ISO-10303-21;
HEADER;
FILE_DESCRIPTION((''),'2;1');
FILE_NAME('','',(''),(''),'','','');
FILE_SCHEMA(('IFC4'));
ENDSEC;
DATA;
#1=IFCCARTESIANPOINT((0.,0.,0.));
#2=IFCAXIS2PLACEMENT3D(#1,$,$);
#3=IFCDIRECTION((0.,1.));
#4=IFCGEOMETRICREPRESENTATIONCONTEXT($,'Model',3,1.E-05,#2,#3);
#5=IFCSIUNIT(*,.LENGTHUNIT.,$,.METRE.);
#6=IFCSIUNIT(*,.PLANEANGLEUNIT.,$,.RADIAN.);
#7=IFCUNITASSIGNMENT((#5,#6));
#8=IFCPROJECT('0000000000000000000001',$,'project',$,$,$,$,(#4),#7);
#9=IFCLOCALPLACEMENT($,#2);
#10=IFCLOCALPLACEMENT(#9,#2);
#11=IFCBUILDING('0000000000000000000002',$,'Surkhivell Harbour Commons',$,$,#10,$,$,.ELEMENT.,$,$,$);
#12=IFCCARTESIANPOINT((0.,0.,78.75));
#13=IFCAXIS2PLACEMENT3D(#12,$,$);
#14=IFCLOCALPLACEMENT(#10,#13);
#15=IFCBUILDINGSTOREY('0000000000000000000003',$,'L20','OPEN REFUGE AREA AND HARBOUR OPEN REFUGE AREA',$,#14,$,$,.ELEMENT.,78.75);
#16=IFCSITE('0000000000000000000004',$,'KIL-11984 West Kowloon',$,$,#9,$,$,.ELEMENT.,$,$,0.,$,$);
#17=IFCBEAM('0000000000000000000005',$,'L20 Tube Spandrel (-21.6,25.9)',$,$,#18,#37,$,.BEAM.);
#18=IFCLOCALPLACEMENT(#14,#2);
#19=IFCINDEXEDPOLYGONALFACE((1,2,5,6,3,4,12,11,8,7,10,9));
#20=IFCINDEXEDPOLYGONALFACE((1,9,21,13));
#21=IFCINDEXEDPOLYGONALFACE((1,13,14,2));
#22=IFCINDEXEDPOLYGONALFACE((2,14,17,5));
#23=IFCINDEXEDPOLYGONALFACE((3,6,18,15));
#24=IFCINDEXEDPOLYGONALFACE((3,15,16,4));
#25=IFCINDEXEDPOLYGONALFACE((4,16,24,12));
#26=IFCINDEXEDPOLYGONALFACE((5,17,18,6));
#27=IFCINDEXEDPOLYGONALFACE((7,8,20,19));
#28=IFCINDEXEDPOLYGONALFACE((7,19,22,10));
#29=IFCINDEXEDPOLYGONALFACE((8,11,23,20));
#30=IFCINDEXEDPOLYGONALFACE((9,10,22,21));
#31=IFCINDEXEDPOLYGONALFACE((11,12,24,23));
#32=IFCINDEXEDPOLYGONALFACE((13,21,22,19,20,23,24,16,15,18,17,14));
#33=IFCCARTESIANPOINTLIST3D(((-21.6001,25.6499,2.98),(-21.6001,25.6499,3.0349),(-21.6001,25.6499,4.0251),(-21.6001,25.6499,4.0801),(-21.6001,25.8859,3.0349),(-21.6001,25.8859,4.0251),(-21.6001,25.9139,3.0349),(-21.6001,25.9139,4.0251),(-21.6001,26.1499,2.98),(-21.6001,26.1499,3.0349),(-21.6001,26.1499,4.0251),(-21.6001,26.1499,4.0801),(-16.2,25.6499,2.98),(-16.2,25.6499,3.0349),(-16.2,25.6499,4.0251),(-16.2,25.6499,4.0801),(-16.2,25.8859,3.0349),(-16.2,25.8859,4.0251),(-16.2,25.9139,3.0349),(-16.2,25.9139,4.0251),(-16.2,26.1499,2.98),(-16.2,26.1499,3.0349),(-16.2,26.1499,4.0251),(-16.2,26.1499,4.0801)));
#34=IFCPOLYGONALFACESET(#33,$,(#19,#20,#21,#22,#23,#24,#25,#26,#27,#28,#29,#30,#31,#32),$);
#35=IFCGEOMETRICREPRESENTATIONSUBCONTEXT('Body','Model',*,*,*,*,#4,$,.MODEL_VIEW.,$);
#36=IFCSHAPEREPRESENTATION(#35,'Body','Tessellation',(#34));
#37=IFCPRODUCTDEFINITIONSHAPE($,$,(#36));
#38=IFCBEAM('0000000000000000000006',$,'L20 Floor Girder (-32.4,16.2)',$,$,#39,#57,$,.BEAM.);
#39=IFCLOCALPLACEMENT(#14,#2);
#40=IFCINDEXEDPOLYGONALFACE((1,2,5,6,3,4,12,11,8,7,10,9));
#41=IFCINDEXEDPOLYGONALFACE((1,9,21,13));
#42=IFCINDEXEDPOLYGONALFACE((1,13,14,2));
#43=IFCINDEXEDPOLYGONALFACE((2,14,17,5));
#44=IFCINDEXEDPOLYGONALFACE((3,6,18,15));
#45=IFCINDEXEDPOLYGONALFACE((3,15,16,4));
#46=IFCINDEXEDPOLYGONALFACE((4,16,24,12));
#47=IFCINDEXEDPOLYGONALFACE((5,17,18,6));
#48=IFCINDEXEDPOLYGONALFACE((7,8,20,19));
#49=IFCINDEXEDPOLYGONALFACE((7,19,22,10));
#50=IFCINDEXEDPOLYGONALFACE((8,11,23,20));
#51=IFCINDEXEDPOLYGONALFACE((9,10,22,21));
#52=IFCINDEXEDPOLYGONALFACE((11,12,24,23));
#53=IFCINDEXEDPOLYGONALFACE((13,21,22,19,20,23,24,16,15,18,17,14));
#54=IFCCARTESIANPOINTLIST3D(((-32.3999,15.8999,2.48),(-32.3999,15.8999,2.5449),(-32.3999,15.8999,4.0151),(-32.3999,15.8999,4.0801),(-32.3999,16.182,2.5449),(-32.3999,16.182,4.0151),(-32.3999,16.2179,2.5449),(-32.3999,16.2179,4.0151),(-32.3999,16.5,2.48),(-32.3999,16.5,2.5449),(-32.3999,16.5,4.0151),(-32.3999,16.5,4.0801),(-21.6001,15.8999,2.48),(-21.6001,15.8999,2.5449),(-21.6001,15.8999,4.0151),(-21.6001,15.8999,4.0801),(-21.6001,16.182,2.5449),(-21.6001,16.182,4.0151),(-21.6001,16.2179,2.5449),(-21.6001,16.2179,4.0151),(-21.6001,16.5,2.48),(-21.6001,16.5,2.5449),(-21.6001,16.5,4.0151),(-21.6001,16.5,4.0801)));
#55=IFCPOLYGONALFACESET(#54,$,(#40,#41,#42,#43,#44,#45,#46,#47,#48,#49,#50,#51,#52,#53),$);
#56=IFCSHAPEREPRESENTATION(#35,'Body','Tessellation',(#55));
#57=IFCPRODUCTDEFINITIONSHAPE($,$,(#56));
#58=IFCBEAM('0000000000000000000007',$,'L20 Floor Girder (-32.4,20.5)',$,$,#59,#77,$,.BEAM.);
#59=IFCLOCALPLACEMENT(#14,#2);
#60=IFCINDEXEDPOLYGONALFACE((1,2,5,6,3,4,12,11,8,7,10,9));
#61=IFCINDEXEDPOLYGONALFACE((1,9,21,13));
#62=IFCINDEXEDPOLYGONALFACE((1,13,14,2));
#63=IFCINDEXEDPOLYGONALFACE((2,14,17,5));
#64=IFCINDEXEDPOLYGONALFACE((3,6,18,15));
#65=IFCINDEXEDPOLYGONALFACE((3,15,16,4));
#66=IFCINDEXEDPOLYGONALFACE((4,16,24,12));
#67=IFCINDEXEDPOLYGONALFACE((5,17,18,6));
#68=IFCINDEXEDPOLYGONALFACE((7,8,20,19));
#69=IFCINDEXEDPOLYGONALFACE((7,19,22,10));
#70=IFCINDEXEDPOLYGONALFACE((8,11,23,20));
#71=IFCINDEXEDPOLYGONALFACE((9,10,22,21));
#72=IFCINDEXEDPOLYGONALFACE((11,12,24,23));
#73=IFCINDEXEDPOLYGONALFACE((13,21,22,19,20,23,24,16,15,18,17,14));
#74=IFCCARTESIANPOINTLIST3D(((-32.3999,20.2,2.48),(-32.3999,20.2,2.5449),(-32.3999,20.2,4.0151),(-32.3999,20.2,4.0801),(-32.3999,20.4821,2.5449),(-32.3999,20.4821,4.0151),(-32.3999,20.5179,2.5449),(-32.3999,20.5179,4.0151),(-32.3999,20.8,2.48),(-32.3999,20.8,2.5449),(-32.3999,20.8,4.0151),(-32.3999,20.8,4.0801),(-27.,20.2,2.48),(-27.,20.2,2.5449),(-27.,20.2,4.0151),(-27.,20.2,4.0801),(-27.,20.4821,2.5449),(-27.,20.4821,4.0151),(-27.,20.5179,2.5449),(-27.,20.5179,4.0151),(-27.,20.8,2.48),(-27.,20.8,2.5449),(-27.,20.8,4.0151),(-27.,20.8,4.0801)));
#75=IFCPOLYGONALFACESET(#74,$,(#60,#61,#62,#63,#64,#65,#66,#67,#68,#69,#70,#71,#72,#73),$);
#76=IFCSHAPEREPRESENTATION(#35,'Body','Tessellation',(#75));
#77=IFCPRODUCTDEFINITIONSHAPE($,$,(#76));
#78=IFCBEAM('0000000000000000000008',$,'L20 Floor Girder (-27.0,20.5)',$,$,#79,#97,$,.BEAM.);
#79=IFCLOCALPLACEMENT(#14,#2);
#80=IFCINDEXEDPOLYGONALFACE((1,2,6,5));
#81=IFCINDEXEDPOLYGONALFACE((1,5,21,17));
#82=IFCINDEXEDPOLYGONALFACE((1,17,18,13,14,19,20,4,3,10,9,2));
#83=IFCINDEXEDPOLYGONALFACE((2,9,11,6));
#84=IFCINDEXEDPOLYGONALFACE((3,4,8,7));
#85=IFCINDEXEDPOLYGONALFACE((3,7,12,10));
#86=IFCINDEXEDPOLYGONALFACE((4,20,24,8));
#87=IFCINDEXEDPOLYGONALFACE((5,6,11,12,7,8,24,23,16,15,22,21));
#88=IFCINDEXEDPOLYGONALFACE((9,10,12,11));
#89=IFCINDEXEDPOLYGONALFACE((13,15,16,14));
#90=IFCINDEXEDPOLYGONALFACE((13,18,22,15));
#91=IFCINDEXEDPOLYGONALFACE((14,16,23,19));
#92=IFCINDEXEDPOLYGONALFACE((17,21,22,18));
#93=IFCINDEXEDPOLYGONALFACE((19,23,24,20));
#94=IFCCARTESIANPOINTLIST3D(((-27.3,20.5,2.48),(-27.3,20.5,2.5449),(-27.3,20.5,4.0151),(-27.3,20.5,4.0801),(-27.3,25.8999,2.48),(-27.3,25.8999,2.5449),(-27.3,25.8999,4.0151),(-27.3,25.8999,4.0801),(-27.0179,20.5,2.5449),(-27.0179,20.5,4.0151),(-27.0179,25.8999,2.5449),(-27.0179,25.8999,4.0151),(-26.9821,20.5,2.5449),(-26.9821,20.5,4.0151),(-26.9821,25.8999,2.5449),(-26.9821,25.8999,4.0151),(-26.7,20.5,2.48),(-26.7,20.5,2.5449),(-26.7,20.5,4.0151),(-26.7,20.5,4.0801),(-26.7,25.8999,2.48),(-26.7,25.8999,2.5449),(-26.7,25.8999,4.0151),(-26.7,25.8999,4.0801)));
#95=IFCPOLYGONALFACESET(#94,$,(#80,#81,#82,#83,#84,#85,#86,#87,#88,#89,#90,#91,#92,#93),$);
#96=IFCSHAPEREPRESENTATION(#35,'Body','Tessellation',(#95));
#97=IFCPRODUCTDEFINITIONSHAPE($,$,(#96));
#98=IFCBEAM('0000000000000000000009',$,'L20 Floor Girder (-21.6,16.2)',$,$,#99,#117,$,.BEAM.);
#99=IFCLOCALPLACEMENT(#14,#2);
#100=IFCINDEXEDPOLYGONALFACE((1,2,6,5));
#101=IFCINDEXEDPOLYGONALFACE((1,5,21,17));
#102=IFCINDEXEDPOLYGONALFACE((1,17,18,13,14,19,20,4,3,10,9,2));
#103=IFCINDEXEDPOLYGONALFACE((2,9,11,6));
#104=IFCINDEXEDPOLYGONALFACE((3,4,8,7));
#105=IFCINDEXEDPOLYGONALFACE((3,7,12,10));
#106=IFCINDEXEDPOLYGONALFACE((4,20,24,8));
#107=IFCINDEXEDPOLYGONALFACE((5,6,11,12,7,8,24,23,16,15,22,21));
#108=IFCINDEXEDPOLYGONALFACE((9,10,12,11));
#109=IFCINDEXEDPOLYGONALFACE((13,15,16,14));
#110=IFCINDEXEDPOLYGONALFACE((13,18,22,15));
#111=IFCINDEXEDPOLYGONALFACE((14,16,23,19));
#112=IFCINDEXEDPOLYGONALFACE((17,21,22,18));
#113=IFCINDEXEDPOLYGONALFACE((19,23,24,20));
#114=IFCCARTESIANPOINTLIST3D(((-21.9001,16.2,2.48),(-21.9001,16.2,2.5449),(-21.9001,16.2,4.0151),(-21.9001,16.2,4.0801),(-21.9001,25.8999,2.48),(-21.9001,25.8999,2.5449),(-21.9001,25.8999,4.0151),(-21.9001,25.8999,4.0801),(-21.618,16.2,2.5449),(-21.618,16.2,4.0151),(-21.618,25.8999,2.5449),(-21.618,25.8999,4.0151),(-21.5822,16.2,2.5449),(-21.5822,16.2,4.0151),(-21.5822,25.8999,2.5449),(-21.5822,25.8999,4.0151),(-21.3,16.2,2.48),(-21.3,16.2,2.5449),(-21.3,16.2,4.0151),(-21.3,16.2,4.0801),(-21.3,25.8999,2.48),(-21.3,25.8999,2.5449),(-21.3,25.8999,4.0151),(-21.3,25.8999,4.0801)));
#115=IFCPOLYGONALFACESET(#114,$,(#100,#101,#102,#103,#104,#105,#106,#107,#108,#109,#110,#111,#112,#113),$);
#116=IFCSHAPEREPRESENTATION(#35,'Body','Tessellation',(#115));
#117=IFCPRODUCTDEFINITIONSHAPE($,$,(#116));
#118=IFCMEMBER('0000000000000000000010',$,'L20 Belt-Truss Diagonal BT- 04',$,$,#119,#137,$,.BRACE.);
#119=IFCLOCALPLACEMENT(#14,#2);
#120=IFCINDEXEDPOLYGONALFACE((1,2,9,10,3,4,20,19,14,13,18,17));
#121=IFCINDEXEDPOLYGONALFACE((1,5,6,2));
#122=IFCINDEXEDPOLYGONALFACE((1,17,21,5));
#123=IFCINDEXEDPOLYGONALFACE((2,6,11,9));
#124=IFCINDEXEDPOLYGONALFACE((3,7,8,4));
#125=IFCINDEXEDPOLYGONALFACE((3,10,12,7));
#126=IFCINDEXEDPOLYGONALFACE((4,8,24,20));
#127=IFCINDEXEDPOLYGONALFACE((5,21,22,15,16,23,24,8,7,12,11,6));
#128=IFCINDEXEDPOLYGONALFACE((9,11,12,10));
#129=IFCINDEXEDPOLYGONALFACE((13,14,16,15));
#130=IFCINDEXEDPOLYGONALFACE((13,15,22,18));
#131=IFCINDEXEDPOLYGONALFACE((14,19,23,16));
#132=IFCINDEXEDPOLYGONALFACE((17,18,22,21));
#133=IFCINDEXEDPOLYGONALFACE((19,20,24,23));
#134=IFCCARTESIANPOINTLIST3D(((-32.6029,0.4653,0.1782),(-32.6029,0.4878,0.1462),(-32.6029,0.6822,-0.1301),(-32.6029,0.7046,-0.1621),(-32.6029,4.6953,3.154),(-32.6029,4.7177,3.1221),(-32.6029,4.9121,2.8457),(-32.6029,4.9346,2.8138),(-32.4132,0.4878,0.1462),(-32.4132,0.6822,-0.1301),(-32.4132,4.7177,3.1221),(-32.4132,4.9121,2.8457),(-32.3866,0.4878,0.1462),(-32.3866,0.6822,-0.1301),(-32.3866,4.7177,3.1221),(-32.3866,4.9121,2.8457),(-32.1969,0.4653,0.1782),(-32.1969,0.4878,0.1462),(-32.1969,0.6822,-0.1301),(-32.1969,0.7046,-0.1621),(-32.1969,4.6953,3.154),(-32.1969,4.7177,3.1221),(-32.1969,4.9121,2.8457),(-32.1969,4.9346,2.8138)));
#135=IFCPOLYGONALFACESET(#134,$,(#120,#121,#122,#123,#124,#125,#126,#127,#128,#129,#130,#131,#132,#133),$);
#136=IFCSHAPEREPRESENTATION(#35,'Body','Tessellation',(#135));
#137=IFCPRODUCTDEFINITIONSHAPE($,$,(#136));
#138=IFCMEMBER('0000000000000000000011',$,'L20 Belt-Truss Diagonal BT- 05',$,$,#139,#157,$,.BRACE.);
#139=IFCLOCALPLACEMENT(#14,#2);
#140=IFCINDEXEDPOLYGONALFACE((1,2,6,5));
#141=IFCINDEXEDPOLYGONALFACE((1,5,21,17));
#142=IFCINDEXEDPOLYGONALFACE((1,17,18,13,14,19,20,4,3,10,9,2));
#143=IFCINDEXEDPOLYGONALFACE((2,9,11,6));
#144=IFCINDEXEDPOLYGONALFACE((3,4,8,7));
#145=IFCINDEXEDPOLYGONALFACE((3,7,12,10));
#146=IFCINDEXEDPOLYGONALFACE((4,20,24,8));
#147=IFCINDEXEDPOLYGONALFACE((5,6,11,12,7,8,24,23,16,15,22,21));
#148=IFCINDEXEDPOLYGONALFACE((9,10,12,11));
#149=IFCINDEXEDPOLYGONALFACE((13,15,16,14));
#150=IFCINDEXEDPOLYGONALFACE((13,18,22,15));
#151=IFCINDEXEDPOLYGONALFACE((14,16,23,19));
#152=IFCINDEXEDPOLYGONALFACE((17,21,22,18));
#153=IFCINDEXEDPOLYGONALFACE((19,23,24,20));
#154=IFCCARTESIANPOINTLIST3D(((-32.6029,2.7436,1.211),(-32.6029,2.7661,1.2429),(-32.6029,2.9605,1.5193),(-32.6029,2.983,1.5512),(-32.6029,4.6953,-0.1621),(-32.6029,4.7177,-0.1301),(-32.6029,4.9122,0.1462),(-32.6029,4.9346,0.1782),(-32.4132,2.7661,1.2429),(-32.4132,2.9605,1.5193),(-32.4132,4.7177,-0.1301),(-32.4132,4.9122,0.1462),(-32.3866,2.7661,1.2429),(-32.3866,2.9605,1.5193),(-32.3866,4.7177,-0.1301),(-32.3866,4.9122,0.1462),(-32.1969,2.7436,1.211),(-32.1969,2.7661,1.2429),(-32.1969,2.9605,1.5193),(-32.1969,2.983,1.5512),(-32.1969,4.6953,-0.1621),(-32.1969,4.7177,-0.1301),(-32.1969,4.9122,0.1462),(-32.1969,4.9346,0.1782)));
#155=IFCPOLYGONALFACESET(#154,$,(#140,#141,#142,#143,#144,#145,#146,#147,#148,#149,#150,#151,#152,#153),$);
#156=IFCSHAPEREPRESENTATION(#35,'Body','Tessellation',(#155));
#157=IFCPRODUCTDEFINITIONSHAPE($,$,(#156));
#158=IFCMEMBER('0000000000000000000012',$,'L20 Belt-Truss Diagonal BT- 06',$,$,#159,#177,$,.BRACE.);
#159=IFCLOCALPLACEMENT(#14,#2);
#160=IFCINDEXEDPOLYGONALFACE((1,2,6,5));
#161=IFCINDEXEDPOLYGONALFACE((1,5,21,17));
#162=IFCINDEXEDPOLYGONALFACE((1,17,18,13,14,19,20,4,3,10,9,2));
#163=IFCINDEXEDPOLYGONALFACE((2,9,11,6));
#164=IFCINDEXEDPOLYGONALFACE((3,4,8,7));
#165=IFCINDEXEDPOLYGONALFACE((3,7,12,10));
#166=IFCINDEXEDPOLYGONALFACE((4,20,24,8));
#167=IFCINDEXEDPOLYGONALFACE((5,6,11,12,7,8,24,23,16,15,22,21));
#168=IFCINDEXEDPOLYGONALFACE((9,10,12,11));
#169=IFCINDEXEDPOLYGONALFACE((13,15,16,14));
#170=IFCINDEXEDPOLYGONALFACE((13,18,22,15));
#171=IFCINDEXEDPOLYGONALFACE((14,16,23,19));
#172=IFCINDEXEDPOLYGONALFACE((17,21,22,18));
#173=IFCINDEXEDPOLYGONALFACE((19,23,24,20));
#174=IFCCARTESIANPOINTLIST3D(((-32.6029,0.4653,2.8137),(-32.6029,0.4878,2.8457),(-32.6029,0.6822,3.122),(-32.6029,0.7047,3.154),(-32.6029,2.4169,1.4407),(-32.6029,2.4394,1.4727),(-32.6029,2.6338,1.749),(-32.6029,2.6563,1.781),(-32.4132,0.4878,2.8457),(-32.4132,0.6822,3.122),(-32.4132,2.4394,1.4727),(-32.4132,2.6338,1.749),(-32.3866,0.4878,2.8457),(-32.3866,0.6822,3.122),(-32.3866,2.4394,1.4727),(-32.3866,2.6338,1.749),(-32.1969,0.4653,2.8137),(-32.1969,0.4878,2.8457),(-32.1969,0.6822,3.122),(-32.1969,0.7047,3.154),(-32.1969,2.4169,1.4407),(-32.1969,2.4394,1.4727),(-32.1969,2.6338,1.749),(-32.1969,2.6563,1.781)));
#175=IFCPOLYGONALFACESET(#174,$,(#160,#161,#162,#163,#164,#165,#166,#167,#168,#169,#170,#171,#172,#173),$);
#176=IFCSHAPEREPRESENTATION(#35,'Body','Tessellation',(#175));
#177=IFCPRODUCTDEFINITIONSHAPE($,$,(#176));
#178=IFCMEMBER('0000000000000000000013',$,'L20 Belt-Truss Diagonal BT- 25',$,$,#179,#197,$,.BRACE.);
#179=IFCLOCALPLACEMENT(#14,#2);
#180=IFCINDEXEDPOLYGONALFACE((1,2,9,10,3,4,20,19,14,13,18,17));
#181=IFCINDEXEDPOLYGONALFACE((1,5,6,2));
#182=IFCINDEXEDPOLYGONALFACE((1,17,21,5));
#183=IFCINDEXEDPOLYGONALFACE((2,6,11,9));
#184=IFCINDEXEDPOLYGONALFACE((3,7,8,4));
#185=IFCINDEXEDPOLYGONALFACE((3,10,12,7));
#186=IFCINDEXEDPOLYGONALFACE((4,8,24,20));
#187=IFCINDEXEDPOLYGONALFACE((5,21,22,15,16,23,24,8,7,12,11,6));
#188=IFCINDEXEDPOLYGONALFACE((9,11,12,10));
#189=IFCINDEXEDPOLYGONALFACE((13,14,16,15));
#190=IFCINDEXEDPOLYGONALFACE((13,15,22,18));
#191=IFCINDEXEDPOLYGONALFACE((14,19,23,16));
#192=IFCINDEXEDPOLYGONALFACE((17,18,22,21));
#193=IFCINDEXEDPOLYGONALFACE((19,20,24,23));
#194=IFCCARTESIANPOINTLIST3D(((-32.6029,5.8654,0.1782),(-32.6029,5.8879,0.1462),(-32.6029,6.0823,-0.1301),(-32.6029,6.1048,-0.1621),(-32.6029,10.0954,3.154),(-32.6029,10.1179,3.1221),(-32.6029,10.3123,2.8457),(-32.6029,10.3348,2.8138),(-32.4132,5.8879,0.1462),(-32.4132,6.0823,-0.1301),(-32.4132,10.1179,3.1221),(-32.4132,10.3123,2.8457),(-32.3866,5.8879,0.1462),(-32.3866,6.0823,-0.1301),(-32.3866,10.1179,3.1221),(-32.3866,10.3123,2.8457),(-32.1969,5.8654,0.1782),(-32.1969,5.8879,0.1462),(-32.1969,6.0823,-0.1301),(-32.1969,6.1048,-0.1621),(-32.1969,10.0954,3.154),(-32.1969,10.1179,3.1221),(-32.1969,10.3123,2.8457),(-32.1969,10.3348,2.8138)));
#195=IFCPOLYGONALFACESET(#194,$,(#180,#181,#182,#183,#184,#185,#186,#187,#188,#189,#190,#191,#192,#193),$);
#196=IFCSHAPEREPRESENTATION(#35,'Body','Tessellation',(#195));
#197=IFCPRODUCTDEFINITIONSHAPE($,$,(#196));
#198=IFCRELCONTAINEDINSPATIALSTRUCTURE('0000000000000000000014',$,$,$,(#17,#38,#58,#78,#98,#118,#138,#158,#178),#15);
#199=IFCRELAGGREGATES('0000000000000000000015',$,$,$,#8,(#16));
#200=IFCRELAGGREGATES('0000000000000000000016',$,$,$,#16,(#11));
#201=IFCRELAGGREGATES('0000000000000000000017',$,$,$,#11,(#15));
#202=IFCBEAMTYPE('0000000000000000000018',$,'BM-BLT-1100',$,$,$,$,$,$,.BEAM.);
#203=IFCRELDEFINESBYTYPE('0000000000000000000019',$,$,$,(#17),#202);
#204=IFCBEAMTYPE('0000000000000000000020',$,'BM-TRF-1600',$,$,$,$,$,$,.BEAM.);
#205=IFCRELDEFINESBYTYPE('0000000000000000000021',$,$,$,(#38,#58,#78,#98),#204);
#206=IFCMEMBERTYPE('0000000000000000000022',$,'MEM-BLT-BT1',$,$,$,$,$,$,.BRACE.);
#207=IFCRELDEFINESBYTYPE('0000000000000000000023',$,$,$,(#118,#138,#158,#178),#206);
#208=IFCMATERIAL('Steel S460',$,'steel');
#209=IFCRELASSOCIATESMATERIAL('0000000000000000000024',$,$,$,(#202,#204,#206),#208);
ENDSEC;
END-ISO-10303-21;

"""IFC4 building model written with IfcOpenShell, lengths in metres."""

from ifc_helpers import new_model, si_unit, direction, frame, origin, origin_2d, place, context, subcontext, project, spatial, i_section, extrude, material, material_profile, profile_set, type_object, element, save


model = new_model("IFC4")

# Units and contexts
model_context = context("Model", 3, precision=1e-05, world=origin(), true_north=direction((0.0, 1.0)))
body_context = subcontext(model_context, "Body", "Model", "MODEL_VIEW")
ifc_project = project(units=[si_unit("LENGTHUNIT", "METRE"), si_unit("PLANEANGLEUNIT", "RADIAN")], contexts=[model_context])

# Site, building, storey
site_placement = place(None, origin())
site = spatial("IfcSite", under=ifc_project, at=site_placement, Name="KIL-11984 West Kowloon", CompositionType="ELEMENT", RefElevation=0.0)
building_placement = place(site_placement, origin())
building = spatial("IfcBuilding", under=site, at=building_placement, Name="Surkhivell Harbour Commons", CompositionType="ELEMENT")
storey_placement = place(building_placement, frame((0.0, 0.0, 78.75)))
storey = spatial("IfcBuildingStorey", under=building, at=storey_placement, Name="L20", Description="OPEN REFUGE AREA AND HARBOUR OPEN REFUGE AREA", CompositionType="ELEMENT", Elevation=78.75)

# Beams
ifc_material_1 = material(Name="Steel S460", Category="steel")
ifc_material_profile_1 = material_profile(ifc_material_1, i_section(OverallWidth=0.5, OverallDepth=1.1001, WebThickness=0.0281, FlangeThickness=0.0549, at=origin_2d()), Name="WPG1100x500x210")
ifc_profile_set_1 = profile_set([ifc_material_profile_1], Name="Steel S460")
beam_type_1 = type_object("IfcBeamType", Name="BM-BLT-1100", PredefinedType="BEAM", material=ifc_profile_set_1)
beam_1_placement = place(storey_placement, frame((-21.6001, 25.8999, 3.53), z_axis=(1.0, 0.0, 0.0), x_axis=(0.0, 1.0, 0.0)))
element("IfcBeam", 1, at=beam_1_placement, inside=storey, type_object=beam_type_1, Name="L20 Tube Spandrel (-21.6,25.9)", PredefinedType="BEAM", context=body_context, shape_type="SweptSolid", body=[
    extrude(i_section(OverallWidth=0.5, OverallDepth=1.1001, WebThickness=0.0281, FlangeThickness=0.0549, at=origin_2d()), origin(), (0.0, 0.0, 1.0), 5.4001),
])
ifc_material_profile_2 = material_profile(ifc_material_1, i_section(OverallWidth=0.6001, OverallDepth=1.6001, WebThickness=0.0359, FlangeThickness=0.0649, at=origin_2d()), Name="WPG1600x600x296")
ifc_profile_set_2 = profile_set([ifc_material_profile_2], Name="Steel S460")
beam_type_2 = type_object("IfcBeamType", Name="BM-TRF-1600", PredefinedType="BEAM", material=ifc_profile_set_2)
beam_2_placement = place(storey_placement, frame((-32.3999, 16.2, 3.28), z_axis=(1.0, 0.0, 0.0), x_axis=(0.0, 1.0, 0.0)))
element("IfcBeam", 2, at=beam_2_placement, inside=storey, type_object=beam_type_2, Name="L20 Floor Girder (-32.4,16.2)", PredefinedType="BEAM", context=body_context, shape_type="SweptSolid", body=[
    extrude(i_section(OverallWidth=0.6001, OverallDepth=1.6001, WebThickness=0.0359, FlangeThickness=0.0649, at=origin_2d()), origin(), (0.0, 0.0, 1.0), 10.7998),
])
for number, where, z_axis, x_axis, name in (
    (3, (-32.3999, 20.5, 3.28), (1.0, 0.0, 0.0), (0.0, 1.0, 0.0), "L20 Floor Girder (-32.4,20.5)"),
    (4, (-27.0, 20.5, 3.28), (0.0, 1.0, 0.0), (-1.0, 0.0, 0.0), "L20 Floor Girder (-27.0,20.5)"),
):
    element("IfcBeam", number, at=place(storey_placement, frame(where, z_axis=z_axis, x_axis=x_axis)), inside=storey, type_object=beam_type_2, Name=name, PredefinedType="BEAM", context=body_context, shape_type="SweptSolid", body=[
        extrude(i_section(OverallWidth=0.6001, OverallDepth=1.6001, WebThickness=0.0359, FlangeThickness=0.0649, at=origin_2d()), origin(), (0.0, 0.0, 1.0), 5.3999),
    ])
beam_3_placement = place(storey_placement, frame((-21.6001, 16.2, 3.28), z_axis=(0.0, 1.0, 0.0), x_axis=(-1.0, 0.0, 0.0)))
element("IfcBeam", 5, at=beam_3_placement, inside=storey, type_object=beam_type_2, Name="L20 Floor Girder (-21.6,16.2)", PredefinedType="BEAM", context=body_context, shape_type="SweptSolid", body=[
    extrude(i_section(OverallWidth=0.6001, OverallDepth=1.6001, WebThickness=0.0359, FlangeThickness=0.0649, at=origin_2d()), origin(), (0.0, 0.0, 1.0), 9.7),
])

# Members
ifc_material_profile_3 = material_profile(ifc_material_1, i_section(OverallWidth=0.406, OverallDepth=0.416, WebThickness=0.0266, FlangeThickness=0.0391, at=origin_2d()), Name="HD400x382")
ifc_profile_set_3 = profile_set([ifc_material_profile_3], Name="Steel S460")
member_type = type_object("IfcMemberType", Name="MEM-BLT-BT1", PredefinedType="BRACE", material=ifc_profile_set_3)
member_1_placement = place(storey_placement, frame((-32.3999, 0.585, 0.0081), z_axis=(0.0, 0.817881, 0.575387), x_axis=(-1.0, 0.0, 0.0)))
element("IfcMember", 6, at=member_1_placement, inside=storey, type_object=member_type, Name="L20 Belt-Truss Diagonal BT- 04", PredefinedType="BRACE", context=body_context, shape_type="SweptSolid", body=[
    extrude(i_section(OverallWidth=0.406, OverallDepth=0.416, WebThickness=0.0266, FlangeThickness=0.0391, at=origin_2d()), origin(), (0.0, 0.0, 1.0), 5.1719),
])
for number, where, z_axis, x_axis, name in (
    (7, (-32.3999, 4.8149, 0.0081), (0.0, -0.817874, 0.575397), (1.0, 0.0, 0.0), "L20 Belt-Truss Diagonal BT- 05"),
    (8, (-32.3999, 2.5366, 1.6108), (0.0, -0.817874, 0.575397), (1.0, 0.0, 0.0), "L20 Belt-Truss Diagonal BT- 06"),
):
    element("IfcMember", number, at=place(storey_placement, frame(where, z_axis=z_axis, x_axis=x_axis)), inside=storey, type_object=member_type, Name=name, PredefinedType="BRACE", context=body_context, shape_type="SweptSolid", body=[
        extrude(i_section(OverallWidth=0.406, OverallDepth=0.416, WebThickness=0.0266, FlangeThickness=0.0391, at=origin_2d()), origin(), (0.0, 0.0, 1.0), 2.3862),
    ])
member_2_placement = place(storey_placement, frame((-32.3999, 5.9851, 0.0081), z_axis=(0.0, 0.817881, 0.575387), x_axis=(-1.0, 0.0, 0.0)))
element("IfcMember", 9, at=member_2_placement, inside=storey, type_object=member_type, Name="L20 Belt-Truss Diagonal BT- 25", PredefinedType="BRACE", context=body_context, shape_type="SweptSolid", body=[
    extrude(i_section(OverallWidth=0.406, OverallDepth=0.416, WebThickness=0.0266, FlangeThickness=0.0391, at=origin_2d()), origin(), (0.0, 0.0, 1.0), 5.1719),
])

save(model, "model.ifc")
